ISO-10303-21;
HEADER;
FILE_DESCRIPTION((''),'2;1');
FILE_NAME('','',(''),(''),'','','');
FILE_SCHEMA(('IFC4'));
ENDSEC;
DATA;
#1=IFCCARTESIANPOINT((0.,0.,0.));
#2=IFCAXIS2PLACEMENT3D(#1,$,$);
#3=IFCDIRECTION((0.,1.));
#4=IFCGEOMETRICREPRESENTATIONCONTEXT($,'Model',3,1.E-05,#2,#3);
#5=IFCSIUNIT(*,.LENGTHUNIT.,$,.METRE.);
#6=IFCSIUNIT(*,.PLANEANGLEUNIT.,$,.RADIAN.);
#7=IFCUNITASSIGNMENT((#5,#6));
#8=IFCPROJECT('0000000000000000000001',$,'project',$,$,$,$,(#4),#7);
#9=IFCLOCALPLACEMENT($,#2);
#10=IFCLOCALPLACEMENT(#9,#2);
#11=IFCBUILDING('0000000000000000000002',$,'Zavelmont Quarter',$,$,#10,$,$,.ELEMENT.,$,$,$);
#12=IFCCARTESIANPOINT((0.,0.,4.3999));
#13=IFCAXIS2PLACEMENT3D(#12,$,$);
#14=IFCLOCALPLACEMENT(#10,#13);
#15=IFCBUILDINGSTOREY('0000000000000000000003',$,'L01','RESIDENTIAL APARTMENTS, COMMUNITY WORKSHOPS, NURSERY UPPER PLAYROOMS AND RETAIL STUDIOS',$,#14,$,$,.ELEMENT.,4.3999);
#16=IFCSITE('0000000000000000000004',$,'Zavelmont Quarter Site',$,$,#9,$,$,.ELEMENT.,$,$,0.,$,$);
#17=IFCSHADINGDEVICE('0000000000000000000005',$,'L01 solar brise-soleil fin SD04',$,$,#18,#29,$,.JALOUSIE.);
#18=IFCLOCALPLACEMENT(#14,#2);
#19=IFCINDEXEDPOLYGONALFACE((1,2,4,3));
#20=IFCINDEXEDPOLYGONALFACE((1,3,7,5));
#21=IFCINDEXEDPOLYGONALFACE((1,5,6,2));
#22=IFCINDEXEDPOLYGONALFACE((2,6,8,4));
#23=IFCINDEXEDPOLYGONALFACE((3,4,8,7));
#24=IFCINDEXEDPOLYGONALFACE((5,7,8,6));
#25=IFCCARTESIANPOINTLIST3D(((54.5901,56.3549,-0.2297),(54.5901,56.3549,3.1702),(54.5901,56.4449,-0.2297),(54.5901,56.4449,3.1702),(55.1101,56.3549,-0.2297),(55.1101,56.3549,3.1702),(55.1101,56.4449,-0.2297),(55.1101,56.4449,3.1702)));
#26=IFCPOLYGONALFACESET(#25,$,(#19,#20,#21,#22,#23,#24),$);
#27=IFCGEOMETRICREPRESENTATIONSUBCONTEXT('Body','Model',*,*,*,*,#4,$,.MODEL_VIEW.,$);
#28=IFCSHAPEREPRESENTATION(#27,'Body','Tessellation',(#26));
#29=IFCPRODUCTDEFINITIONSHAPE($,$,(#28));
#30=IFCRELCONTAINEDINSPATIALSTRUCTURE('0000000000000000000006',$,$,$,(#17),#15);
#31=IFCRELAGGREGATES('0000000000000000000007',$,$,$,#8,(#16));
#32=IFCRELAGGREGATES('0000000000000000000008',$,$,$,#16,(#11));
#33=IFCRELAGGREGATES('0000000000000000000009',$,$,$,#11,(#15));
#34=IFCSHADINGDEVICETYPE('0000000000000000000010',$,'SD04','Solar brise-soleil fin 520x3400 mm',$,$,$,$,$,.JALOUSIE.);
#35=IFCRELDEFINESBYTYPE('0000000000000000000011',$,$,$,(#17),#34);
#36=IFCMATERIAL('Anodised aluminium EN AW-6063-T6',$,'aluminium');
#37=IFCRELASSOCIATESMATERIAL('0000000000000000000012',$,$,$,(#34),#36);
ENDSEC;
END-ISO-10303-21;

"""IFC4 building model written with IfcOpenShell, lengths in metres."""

from ifc_helpers import new_model, si_unit, direction, frame, origin, origin_2d, place, context, subcontext, project, spatial, rectangle, extrude, material, type_object, element, save


model = new_model("IFC4")

# Units and contexts
model_context = context("Model", 3, precision=1e-05, world=origin(), true_north=direction((0.0, 1.0)))
body_context = subcontext(model_context, "Body", "Model", "MODEL_VIEW")
ifc_project = project(units=[si_unit("LENGTHUNIT", "METRE"), si_unit("PLANEANGLEUNIT", "RADIAN")], contexts=[model_context])

# Site, building, storey
site_placement = place(None, origin())
site = spatial("IfcSite", under=ifc_project, at=site_placement, Name="Zavelmont Quarter Site", CompositionType="ELEMENT", RefElevation=0.0)
building_placement = place(site_placement, origin())
building = spatial("IfcBuilding", under=site, at=building_placement, Name="Zavelmont Quarter", CompositionType="ELEMENT")
storey_placement = place(building_placement, frame((0.0, 0.0, 4.3999)))
storey = spatial("IfcBuildingStorey", under=building, at=storey_placement, Name="L01", Description="RESIDENTIAL APARTMENTS, COMMUNITY WORKSHOPS, NURSERY UPPER PLAYROOMS AND RETAIL STUDIOS", CompositionType="ELEMENT", Elevation=4.3999)

# Shading device
ifc_material_1 = material(Name="Anodised aluminium EN AW-6063-T6", Category="aluminium")
shading_device_type = type_object("IfcShadingDeviceType", Name="SD04", Description="Solar brise-soleil fin 520x3400 mm", PredefinedType="JALOUSIE", material=ifc_material_1)
for number, where, z_axis, x_axis, name in (
    (1, (54.8501, 56.3999, -0.2297), (0.0, 0.0, 1.0), (0.0, 1.0, 0.0), "L01 solar brise-soleil fin SD04"),
):
    element("IfcShadingDevice", number, at=place(storey_placement, frame(where, z_axis=z_axis, x_axis=x_axis)), inside=storey, type_object=shading_device_type, Name=name, PredefinedType="JALOUSIE", context=body_context, shape_type="SweptSolid", body=[
        extrude(rectangle(XDim=0.0901, YDim=0.52, at=origin_2d()), origin(), (0.0, 0.0, 1.0), 3.3999),
    ])

save(model, "model.ifc")
